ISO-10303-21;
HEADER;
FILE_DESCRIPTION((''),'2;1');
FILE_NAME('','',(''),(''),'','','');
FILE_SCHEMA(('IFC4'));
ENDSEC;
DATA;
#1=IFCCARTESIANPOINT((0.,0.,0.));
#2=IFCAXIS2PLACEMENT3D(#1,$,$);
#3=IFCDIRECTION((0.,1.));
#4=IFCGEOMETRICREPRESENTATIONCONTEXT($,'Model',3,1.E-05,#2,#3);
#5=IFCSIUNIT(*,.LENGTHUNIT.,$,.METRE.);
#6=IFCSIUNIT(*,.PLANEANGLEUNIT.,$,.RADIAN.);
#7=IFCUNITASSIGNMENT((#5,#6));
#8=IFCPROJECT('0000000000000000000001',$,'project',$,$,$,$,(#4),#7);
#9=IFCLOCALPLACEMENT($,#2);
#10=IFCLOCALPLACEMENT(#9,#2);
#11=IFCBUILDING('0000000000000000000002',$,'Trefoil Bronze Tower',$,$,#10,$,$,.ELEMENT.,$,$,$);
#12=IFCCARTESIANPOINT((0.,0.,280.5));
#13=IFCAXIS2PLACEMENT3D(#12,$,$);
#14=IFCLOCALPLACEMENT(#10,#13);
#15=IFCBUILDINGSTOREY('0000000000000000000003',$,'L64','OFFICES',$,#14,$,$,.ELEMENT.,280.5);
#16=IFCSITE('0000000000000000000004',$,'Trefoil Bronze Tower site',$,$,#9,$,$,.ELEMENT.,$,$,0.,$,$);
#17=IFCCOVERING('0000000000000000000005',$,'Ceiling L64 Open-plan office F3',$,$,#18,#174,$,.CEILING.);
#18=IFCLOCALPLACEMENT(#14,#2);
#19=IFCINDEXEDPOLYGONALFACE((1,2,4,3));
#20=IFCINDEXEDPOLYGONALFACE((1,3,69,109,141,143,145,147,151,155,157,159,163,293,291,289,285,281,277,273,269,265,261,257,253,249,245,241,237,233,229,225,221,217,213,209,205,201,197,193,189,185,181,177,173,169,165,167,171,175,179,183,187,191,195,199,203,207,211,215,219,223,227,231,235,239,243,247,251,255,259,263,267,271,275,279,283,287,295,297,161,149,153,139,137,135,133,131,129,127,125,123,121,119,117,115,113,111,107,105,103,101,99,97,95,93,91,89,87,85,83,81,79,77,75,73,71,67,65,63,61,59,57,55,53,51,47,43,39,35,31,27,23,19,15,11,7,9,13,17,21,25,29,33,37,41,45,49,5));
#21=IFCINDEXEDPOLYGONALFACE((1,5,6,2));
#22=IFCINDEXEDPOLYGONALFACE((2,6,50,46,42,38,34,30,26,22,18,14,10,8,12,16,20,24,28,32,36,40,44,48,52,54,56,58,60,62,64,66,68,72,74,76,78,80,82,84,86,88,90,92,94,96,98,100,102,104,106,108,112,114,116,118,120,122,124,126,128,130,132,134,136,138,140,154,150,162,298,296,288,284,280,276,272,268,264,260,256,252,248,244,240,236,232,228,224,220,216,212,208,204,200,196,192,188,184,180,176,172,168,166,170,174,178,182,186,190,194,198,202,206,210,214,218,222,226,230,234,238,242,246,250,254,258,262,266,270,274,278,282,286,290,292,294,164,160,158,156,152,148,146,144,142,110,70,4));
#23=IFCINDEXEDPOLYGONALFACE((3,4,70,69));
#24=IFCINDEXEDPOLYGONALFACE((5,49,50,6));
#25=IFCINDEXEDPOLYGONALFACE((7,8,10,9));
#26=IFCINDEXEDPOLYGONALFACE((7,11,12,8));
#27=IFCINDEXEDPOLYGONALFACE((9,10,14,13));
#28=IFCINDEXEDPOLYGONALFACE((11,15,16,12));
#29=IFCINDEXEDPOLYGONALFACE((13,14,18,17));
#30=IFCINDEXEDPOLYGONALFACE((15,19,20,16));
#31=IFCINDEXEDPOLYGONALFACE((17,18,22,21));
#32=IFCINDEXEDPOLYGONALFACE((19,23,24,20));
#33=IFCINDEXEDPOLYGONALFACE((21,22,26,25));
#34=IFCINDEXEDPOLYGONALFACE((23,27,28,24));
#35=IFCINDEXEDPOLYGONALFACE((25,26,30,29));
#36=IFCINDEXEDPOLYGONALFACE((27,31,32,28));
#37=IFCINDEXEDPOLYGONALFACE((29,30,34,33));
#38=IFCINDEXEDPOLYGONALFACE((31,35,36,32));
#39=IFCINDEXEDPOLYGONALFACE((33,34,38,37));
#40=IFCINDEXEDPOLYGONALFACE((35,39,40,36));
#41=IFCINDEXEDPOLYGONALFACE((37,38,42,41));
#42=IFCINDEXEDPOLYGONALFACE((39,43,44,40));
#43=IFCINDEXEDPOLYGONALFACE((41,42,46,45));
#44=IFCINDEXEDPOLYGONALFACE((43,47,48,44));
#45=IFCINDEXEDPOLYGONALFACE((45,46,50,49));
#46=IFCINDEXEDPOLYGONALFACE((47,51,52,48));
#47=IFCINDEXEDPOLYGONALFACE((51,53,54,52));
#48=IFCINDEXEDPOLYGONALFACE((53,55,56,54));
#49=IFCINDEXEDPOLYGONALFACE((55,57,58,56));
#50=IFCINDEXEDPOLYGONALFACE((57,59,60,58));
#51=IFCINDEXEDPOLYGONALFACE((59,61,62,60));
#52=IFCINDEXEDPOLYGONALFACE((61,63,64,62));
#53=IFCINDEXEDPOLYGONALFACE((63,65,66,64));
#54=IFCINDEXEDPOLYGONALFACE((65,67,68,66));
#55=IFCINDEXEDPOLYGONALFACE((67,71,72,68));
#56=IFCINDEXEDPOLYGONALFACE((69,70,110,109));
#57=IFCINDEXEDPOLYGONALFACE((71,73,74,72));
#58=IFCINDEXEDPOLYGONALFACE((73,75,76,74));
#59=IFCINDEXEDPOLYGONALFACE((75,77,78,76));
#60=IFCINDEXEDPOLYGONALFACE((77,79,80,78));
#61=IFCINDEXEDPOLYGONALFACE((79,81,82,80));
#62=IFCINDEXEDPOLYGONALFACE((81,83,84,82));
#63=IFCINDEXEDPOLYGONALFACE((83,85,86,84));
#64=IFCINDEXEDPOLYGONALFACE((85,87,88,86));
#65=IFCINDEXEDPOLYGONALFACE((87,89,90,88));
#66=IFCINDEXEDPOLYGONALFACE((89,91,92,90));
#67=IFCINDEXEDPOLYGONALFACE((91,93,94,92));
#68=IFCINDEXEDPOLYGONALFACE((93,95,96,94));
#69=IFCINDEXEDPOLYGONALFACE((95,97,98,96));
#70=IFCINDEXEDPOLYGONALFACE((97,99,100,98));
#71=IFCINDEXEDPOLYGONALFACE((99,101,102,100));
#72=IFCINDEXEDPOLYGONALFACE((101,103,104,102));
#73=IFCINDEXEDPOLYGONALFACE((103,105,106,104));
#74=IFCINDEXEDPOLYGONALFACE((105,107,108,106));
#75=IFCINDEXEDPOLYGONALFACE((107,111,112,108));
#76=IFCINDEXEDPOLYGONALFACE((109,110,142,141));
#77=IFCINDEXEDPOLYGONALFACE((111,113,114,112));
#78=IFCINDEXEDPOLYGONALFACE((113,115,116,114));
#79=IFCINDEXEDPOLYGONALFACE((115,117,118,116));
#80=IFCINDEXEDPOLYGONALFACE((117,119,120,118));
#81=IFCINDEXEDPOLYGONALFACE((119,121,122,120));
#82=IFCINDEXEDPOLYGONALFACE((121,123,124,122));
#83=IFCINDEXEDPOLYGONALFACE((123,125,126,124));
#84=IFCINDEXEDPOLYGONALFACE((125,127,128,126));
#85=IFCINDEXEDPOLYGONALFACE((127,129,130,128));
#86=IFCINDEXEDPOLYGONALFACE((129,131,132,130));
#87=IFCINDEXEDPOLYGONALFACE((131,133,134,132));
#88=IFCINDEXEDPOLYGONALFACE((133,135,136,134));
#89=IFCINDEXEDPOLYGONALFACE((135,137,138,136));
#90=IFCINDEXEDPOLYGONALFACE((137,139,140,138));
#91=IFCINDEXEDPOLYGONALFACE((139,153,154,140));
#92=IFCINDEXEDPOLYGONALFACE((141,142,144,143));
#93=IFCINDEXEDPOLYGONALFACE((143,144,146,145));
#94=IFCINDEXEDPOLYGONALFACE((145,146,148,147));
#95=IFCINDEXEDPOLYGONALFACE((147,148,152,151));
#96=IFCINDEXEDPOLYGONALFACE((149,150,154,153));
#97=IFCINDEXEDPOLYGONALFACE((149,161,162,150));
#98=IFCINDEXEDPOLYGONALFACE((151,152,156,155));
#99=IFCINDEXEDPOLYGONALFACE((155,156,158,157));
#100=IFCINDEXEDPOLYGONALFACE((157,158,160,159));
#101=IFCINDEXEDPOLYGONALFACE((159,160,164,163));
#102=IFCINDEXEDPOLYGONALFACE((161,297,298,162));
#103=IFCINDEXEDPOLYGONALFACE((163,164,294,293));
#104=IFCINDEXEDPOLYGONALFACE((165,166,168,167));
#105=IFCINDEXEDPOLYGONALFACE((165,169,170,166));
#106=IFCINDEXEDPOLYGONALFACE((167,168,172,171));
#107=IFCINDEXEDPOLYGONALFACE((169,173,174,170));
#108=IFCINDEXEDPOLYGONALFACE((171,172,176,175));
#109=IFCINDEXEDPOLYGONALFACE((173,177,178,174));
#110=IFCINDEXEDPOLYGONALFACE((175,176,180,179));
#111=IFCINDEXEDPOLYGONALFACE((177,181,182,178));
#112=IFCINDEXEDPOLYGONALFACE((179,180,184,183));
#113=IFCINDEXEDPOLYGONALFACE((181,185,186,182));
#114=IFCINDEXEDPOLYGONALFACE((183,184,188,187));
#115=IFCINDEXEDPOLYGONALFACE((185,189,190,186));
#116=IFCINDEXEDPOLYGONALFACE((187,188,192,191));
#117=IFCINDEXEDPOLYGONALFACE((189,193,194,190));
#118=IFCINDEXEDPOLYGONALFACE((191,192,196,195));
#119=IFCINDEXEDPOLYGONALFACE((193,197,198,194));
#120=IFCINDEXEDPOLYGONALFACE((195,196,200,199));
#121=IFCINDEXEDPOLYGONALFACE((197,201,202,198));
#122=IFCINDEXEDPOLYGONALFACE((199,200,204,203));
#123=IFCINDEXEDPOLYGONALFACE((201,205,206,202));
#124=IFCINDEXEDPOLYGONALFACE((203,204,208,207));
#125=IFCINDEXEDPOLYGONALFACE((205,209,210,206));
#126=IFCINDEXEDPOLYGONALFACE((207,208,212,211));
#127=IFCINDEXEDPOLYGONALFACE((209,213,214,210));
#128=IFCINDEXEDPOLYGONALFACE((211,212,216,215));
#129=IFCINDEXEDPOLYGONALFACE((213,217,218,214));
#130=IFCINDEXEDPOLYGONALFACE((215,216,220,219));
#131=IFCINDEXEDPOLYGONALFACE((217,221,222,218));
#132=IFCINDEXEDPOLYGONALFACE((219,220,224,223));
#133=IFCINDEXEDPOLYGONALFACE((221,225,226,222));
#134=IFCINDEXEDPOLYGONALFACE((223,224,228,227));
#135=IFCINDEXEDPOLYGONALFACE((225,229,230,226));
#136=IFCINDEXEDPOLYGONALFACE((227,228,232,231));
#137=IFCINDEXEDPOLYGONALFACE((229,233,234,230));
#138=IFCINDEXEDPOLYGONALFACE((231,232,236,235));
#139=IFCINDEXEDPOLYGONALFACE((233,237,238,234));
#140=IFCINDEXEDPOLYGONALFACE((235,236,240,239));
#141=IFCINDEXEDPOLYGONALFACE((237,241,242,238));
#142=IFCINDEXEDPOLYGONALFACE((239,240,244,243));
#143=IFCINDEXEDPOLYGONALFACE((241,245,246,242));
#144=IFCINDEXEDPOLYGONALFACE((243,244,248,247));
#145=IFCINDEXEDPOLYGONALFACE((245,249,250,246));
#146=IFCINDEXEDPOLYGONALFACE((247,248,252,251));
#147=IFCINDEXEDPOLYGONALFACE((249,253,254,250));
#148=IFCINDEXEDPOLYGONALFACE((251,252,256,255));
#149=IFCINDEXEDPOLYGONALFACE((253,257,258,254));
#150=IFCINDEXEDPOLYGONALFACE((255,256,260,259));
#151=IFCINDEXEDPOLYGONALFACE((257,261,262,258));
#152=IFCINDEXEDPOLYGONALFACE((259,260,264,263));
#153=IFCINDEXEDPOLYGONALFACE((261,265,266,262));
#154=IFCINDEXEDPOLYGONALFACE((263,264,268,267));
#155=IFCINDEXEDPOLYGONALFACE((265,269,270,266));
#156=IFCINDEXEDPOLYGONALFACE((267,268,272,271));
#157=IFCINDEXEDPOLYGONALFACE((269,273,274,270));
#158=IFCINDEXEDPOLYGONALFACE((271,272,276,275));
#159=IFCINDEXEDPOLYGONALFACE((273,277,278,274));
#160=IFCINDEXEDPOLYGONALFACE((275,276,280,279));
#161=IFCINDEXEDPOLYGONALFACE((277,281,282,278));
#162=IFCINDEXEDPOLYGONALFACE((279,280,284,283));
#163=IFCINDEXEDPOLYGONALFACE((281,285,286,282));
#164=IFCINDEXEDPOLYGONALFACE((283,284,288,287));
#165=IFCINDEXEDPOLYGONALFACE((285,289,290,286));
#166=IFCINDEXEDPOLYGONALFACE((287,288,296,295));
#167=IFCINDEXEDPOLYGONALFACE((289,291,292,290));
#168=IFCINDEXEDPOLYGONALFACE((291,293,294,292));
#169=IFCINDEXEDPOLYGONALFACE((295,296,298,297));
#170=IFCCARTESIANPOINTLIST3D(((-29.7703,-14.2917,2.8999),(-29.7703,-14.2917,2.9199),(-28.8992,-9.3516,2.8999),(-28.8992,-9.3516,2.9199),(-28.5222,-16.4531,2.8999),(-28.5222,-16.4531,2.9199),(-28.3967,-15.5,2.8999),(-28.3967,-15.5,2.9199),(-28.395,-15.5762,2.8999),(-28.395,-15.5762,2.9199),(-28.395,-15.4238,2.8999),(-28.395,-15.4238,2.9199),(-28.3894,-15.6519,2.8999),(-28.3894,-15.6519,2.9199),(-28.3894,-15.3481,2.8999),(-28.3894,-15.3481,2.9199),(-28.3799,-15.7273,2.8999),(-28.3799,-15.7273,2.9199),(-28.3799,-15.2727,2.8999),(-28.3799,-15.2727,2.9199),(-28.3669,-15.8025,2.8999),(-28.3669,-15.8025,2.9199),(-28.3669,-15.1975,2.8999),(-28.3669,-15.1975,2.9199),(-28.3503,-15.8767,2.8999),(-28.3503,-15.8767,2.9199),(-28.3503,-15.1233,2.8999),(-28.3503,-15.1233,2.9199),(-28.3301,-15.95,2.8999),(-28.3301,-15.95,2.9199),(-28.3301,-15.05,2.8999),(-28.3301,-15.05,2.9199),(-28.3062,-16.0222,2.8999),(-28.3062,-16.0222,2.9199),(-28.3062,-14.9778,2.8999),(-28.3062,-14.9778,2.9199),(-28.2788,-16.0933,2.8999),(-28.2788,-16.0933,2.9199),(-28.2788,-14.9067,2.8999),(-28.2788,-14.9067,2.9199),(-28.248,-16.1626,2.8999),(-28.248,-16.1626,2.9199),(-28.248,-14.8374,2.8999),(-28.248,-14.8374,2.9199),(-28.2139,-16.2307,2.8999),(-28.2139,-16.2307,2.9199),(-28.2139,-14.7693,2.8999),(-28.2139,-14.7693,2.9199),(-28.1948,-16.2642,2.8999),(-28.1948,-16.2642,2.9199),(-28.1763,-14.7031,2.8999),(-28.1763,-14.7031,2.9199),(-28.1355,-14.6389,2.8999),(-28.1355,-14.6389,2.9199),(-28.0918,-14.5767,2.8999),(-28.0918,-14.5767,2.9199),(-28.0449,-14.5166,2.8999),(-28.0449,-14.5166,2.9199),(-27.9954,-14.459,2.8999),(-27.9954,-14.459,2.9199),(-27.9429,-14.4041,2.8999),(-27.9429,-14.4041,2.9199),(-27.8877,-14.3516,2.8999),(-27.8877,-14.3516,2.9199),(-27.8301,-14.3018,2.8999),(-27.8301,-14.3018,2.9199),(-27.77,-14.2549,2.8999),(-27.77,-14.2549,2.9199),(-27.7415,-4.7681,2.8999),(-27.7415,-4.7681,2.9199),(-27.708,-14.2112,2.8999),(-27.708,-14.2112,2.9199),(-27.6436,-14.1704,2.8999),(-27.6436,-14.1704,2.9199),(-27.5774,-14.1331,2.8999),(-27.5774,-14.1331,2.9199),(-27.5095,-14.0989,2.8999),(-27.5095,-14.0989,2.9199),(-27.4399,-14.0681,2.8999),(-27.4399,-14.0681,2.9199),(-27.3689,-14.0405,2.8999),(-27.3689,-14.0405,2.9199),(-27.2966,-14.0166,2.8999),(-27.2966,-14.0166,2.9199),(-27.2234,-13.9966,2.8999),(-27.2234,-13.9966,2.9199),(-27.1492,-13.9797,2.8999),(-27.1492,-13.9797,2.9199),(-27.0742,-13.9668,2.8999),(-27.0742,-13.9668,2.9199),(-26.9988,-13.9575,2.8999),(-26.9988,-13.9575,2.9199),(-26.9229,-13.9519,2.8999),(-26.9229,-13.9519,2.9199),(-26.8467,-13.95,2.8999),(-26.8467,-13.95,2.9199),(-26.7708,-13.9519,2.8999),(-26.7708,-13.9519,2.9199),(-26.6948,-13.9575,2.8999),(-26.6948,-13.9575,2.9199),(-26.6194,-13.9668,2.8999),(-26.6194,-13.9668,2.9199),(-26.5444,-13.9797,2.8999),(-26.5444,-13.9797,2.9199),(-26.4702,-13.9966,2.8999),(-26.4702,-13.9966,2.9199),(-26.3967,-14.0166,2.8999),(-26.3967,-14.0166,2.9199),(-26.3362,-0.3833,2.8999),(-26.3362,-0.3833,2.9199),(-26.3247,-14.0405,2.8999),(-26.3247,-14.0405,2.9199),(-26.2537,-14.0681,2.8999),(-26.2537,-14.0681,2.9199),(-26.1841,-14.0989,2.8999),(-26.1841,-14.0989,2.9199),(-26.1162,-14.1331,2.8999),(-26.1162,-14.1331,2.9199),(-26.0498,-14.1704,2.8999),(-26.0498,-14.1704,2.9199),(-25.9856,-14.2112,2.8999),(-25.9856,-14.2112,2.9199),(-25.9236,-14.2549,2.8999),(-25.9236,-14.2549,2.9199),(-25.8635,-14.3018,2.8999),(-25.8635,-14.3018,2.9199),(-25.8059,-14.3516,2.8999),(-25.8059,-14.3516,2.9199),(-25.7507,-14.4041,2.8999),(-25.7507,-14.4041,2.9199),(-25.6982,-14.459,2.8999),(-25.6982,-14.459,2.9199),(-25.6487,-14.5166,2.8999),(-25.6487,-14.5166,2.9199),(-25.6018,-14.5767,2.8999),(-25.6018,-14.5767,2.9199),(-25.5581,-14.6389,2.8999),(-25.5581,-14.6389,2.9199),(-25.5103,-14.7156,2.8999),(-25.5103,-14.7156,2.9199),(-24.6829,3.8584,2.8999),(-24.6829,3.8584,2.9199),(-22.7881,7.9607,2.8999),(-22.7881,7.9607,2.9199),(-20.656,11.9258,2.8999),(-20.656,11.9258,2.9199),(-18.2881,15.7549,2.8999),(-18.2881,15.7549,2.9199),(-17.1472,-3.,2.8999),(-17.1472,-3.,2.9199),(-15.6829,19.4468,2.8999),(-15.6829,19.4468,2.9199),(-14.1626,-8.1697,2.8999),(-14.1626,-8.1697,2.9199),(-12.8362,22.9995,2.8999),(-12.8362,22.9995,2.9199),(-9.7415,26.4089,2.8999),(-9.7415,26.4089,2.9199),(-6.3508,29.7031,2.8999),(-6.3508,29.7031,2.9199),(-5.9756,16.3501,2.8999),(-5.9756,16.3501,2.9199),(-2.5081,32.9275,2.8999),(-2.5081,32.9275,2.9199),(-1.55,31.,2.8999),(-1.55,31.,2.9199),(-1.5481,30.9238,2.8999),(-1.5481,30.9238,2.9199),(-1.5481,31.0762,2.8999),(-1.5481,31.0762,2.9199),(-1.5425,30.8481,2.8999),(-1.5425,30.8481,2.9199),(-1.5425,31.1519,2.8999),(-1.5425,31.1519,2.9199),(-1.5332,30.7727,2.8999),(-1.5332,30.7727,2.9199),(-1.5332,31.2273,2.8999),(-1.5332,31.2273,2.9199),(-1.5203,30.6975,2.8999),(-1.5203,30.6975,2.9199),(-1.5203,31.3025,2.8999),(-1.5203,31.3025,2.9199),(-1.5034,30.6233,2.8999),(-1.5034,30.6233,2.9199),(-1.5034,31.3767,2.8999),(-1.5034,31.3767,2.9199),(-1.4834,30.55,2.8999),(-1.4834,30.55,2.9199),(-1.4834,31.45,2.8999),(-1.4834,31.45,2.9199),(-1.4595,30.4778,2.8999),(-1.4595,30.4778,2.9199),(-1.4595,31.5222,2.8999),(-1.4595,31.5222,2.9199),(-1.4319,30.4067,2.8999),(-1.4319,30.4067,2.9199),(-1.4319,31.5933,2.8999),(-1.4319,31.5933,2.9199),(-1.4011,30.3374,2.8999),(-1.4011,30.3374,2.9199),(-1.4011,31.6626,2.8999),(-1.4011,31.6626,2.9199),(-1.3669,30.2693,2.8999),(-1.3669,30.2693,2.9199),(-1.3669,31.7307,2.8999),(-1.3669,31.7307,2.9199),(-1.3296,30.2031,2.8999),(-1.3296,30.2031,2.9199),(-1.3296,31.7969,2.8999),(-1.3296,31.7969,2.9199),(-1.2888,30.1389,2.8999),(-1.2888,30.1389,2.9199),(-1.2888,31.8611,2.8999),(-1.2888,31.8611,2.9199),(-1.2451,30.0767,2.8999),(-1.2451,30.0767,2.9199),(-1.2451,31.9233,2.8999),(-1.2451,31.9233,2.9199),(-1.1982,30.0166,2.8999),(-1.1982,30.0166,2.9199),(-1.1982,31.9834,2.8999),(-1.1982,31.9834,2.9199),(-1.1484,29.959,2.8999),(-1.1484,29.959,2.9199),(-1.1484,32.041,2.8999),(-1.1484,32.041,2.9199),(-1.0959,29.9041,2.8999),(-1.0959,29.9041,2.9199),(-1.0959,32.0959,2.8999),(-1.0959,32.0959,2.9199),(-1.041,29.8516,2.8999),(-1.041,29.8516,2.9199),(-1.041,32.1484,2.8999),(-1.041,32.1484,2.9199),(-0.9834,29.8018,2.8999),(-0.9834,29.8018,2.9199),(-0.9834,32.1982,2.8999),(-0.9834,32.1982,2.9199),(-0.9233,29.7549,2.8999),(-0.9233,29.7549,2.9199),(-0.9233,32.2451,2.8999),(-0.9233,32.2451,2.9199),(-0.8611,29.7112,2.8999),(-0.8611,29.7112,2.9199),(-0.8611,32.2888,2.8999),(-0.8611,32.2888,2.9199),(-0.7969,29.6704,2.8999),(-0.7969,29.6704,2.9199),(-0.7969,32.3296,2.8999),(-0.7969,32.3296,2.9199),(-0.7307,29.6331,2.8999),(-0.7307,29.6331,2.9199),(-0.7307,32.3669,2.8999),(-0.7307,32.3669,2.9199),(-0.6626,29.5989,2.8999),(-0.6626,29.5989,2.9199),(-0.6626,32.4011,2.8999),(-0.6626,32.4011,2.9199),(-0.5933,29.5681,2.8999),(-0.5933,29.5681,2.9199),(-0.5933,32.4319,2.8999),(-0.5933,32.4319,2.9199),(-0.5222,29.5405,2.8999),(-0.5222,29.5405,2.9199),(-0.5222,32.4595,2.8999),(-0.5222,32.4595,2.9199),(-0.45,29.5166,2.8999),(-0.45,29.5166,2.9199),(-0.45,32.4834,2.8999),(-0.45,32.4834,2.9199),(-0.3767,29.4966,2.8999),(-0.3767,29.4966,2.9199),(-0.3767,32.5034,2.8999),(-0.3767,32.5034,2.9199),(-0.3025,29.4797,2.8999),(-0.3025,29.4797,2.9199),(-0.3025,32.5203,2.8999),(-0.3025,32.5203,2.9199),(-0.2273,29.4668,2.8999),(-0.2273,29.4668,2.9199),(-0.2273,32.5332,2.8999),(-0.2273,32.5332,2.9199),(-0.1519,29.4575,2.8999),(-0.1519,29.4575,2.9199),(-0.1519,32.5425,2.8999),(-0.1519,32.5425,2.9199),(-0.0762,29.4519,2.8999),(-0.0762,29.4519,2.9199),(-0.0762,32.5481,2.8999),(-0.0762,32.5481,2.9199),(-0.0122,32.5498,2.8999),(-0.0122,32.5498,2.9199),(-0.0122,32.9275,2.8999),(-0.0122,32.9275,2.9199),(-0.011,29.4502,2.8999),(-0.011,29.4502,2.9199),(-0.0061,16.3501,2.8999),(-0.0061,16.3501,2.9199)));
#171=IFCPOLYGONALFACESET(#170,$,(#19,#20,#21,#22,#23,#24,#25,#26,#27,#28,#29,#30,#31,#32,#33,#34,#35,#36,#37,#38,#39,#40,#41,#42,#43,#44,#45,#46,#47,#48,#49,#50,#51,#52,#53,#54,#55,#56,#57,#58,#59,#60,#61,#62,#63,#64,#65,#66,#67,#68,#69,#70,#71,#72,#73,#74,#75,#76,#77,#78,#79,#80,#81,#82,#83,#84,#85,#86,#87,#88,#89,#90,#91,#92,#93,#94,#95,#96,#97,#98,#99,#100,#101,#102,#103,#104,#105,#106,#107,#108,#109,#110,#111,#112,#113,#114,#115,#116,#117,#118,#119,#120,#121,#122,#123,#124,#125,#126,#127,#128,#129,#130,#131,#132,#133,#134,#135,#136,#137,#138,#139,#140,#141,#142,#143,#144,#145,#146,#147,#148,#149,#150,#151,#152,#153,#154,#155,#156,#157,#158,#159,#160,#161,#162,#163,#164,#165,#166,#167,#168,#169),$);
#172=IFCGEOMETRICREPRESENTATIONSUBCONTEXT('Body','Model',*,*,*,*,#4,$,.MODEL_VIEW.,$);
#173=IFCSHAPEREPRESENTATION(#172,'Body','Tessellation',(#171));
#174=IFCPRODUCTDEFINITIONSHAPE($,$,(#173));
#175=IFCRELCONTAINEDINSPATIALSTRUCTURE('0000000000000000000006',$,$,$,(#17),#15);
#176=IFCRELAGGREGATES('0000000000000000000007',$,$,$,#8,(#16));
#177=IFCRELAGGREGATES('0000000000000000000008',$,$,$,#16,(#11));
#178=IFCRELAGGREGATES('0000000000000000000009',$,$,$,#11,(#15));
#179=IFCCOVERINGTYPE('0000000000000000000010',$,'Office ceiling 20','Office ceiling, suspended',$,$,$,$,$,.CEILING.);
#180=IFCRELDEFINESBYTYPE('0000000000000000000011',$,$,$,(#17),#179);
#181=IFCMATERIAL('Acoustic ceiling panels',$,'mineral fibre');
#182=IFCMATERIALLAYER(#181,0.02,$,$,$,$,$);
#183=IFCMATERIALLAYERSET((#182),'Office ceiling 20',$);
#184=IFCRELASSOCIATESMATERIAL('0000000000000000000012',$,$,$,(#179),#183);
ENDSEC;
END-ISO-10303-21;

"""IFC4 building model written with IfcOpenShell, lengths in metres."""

from ifc_helpers import new_model, si_unit, direction, frame, origin, place, context, subcontext, project, spatial, polyline, outline, extrude, material, layer, layer_set, type_object, element, save


model = new_model("IFC4")

# Units and contexts
model_context = context("Model", 3, precision=1e-05, world=origin(), true_north=direction((0.0, 1.0)))
body_context = subcontext(model_context, "Body", "Model", "MODEL_VIEW")
ifc_project = project(units=[si_unit("LENGTHUNIT", "METRE"), si_unit("PLANEANGLEUNIT", "RADIAN")], contexts=[model_context])

# Site, building, storey
site_placement = place(None, origin())
site = spatial("IfcSite", under=ifc_project, at=site_placement, Name="Trefoil Bronze Tower site", CompositionType="ELEMENT", RefElevation=0.0)
building_placement = place(site_placement, origin())
building = spatial("IfcBuilding", under=site, at=building_placement, Name="Trefoil Bronze Tower", CompositionType="ELEMENT")
storey_placement = place(building_placement, frame((0.0, 0.0, 280.5)))
storey = spatial("IfcBuildingStorey", under=building, at=storey_placement, Name="L64", Description="OFFICES", CompositionType="ELEMENT", Elevation=280.5)

# Covering
ifc_material_1 = material(Name="Acoustic ceiling panels", Category="mineral fibre")
ifc_layer_1 = layer(ifc_material_1, 0.02)
ifc_layer_set_1 = layer_set([ifc_layer_1], Name="Office ceiling 20")
covering_type_1 = type_object("IfcCoveringType", Name="Office ceiling 20", Description="Office ceiling, suspended", PredefinedType="CEILING", material=ifc_layer_set_1)
covering_1_placement = place(storey_placement, frame((0.0, 0.0, 2.8999)))
element("IfcCovering", 1, at=covering_1_placement, inside=storey, type_object=covering_type_1, Name="Ceiling L64 Open-plan office F3", PredefinedType="CEILING", context=body_context, shape_type="SweptSolid", body=[
    extrude(outline(polyline([(-27.7415, -4.7681), (-26.3362, -0.3833), (-24.6829, 3.8584), (-22.7881, 7.9607), (-20.656, 11.9258), (-18.2881, 15.7549), (-15.6829, 19.4468), (-12.8362, 22.9995), (-9.7415, 26.4089), (-6.3508, 29.7031), (-2.5081, 32.9275), (-0.0122, 32.9275), (-0.0122, 32.5498), (-0.0762, 32.5481), (-0.1519, 32.5425), (-0.2273, 32.5332), (-0.3025, 32.5203), (-0.3767, 32.5034), (-0.45, 32.4834), (-0.5222, 32.4595), (-0.5933, 32.4319), (-0.6626, 32.4011), (-0.7307, 32.3669), (-0.7969, 32.3296), (-0.8611, 32.2888), (-0.9233, 32.2451), (-0.9834, 32.1982), (-1.041, 32.1484), (-1.0959, 32.0959), (-1.1484, 32.041), (-1.1982, 31.9834), (-1.2451, 31.9233), (-1.2888, 31.8611), (-1.3296, 31.7969), (-1.3669, 31.7307), (-1.4011, 31.6626), (-1.4319, 31.5933), (-1.4595, 31.5222), (-1.4834, 31.45), (-1.5034, 31.3767), (-1.5203, 31.3025), (-1.5332, 31.2273), (-1.5425, 31.1519), (-1.5481, 31.0762), (-1.55, 31.0), (-1.5481, 30.9238), (-1.5425, 30.8481), (-1.5332, 30.7727), (-1.5203, 30.6975), (-1.5034, 30.6233), (-1.4834, 30.55), (-1.4595, 30.4778), (-1.4319, 30.4067), (-1.4011, 30.3374), (-1.3669, 30.2693), (-1.3296, 30.2031), (-1.2888, 30.1389), (-1.2451, 30.0767), (-1.1982, 30.0166), (-1.1484, 29.959), (-1.0959, 29.9041), (-1.041, 29.8516), (-0.9834, 29.8018), (-0.9233, 29.7549), (-0.8611, 29.7112), (-0.7969, 29.6704), (-0.7307, 29.6331), (-0.6626, 29.5989), (-0.5933, 29.5681), (-0.5222, 29.5405), (-0.45, 29.5166), (-0.3767, 29.4966), (-0.3025, 29.4797), (-0.2273, 29.4668), (-0.1519, 29.4575), (-0.0762, 29.4519), (-0.011, 29.4502), (-0.0061, 16.3501), (-5.9756, 16.3501), (-17.1472, -3.0), (-14.1626, -8.1697), (-25.5103, -14.7156), (-25.5581, -14.6389), (-25.6018, -14.5767), (-25.6487, -14.5166), (-25.6982, -14.459), (-25.7507, -14.4041), (-25.8059, -14.3516), (-25.8635, -14.3018), (-25.9236, -14.2549), (-25.9856, -14.2112), (-26.0498, -14.1704), (-26.1162, -14.1331), (-26.1841, -14.0989), (-26.2537, -14.0681), (-26.3247, -14.0405), (-26.3967, -14.0166), (-26.4702, -13.9966), (-26.5444, -13.9797), (-26.6194, -13.9668), (-26.6948, -13.9575), (-26.7708, -13.9519), (-26.8467, -13.95), (-26.9229, -13.9519), (-26.9988, -13.9575), (-27.0742, -13.9668), (-27.1492, -13.9797), (-27.2234, -13.9966), (-27.2966, -14.0166), (-27.3689, -14.0405), (-27.4399, -14.0681), (-27.5095, -14.0989), (-27.5774, -14.1331), (-27.6436, -14.1704), (-27.708, -14.2112), (-27.77, -14.2549), (-27.8301, -14.3018), (-27.8877, -14.3516), (-27.9429, -14.4041), (-27.9954, -14.459), (-28.0449, -14.5166), (-28.0918, -14.5767), (-28.1355, -14.6389), (-28.1763, -14.7031), (-28.2139, -14.7693), (-28.248, -14.8374), (-28.2788, -14.9067), (-28.3062, -14.9778), (-28.3301, -15.05), (-28.3503, -15.1233), (-28.3669, -15.1975), (-28.3799, -15.2727), (-28.3894, -15.3481), (-28.395, -15.4238), (-28.3967, -15.5), (-28.395, -15.5762), (-28.3894, -15.6519), (-28.3799, -15.7273), (-28.3669, -15.8025), (-28.3503, -15.8767), (-28.3301, -15.95), (-28.3062, -16.0222), (-28.2788, -16.0933), (-28.248, -16.1626), (-28.2139, -16.2307), (-28.1948, -16.2642), (-28.5222, -16.4531), (-29.7703, -14.2917), (-28.8992, -9.3516), (-27.7415, -4.7681)])), origin(), (0.0, 0.0, 1.0), 0.02),
])

save(model, "model.ifc")
